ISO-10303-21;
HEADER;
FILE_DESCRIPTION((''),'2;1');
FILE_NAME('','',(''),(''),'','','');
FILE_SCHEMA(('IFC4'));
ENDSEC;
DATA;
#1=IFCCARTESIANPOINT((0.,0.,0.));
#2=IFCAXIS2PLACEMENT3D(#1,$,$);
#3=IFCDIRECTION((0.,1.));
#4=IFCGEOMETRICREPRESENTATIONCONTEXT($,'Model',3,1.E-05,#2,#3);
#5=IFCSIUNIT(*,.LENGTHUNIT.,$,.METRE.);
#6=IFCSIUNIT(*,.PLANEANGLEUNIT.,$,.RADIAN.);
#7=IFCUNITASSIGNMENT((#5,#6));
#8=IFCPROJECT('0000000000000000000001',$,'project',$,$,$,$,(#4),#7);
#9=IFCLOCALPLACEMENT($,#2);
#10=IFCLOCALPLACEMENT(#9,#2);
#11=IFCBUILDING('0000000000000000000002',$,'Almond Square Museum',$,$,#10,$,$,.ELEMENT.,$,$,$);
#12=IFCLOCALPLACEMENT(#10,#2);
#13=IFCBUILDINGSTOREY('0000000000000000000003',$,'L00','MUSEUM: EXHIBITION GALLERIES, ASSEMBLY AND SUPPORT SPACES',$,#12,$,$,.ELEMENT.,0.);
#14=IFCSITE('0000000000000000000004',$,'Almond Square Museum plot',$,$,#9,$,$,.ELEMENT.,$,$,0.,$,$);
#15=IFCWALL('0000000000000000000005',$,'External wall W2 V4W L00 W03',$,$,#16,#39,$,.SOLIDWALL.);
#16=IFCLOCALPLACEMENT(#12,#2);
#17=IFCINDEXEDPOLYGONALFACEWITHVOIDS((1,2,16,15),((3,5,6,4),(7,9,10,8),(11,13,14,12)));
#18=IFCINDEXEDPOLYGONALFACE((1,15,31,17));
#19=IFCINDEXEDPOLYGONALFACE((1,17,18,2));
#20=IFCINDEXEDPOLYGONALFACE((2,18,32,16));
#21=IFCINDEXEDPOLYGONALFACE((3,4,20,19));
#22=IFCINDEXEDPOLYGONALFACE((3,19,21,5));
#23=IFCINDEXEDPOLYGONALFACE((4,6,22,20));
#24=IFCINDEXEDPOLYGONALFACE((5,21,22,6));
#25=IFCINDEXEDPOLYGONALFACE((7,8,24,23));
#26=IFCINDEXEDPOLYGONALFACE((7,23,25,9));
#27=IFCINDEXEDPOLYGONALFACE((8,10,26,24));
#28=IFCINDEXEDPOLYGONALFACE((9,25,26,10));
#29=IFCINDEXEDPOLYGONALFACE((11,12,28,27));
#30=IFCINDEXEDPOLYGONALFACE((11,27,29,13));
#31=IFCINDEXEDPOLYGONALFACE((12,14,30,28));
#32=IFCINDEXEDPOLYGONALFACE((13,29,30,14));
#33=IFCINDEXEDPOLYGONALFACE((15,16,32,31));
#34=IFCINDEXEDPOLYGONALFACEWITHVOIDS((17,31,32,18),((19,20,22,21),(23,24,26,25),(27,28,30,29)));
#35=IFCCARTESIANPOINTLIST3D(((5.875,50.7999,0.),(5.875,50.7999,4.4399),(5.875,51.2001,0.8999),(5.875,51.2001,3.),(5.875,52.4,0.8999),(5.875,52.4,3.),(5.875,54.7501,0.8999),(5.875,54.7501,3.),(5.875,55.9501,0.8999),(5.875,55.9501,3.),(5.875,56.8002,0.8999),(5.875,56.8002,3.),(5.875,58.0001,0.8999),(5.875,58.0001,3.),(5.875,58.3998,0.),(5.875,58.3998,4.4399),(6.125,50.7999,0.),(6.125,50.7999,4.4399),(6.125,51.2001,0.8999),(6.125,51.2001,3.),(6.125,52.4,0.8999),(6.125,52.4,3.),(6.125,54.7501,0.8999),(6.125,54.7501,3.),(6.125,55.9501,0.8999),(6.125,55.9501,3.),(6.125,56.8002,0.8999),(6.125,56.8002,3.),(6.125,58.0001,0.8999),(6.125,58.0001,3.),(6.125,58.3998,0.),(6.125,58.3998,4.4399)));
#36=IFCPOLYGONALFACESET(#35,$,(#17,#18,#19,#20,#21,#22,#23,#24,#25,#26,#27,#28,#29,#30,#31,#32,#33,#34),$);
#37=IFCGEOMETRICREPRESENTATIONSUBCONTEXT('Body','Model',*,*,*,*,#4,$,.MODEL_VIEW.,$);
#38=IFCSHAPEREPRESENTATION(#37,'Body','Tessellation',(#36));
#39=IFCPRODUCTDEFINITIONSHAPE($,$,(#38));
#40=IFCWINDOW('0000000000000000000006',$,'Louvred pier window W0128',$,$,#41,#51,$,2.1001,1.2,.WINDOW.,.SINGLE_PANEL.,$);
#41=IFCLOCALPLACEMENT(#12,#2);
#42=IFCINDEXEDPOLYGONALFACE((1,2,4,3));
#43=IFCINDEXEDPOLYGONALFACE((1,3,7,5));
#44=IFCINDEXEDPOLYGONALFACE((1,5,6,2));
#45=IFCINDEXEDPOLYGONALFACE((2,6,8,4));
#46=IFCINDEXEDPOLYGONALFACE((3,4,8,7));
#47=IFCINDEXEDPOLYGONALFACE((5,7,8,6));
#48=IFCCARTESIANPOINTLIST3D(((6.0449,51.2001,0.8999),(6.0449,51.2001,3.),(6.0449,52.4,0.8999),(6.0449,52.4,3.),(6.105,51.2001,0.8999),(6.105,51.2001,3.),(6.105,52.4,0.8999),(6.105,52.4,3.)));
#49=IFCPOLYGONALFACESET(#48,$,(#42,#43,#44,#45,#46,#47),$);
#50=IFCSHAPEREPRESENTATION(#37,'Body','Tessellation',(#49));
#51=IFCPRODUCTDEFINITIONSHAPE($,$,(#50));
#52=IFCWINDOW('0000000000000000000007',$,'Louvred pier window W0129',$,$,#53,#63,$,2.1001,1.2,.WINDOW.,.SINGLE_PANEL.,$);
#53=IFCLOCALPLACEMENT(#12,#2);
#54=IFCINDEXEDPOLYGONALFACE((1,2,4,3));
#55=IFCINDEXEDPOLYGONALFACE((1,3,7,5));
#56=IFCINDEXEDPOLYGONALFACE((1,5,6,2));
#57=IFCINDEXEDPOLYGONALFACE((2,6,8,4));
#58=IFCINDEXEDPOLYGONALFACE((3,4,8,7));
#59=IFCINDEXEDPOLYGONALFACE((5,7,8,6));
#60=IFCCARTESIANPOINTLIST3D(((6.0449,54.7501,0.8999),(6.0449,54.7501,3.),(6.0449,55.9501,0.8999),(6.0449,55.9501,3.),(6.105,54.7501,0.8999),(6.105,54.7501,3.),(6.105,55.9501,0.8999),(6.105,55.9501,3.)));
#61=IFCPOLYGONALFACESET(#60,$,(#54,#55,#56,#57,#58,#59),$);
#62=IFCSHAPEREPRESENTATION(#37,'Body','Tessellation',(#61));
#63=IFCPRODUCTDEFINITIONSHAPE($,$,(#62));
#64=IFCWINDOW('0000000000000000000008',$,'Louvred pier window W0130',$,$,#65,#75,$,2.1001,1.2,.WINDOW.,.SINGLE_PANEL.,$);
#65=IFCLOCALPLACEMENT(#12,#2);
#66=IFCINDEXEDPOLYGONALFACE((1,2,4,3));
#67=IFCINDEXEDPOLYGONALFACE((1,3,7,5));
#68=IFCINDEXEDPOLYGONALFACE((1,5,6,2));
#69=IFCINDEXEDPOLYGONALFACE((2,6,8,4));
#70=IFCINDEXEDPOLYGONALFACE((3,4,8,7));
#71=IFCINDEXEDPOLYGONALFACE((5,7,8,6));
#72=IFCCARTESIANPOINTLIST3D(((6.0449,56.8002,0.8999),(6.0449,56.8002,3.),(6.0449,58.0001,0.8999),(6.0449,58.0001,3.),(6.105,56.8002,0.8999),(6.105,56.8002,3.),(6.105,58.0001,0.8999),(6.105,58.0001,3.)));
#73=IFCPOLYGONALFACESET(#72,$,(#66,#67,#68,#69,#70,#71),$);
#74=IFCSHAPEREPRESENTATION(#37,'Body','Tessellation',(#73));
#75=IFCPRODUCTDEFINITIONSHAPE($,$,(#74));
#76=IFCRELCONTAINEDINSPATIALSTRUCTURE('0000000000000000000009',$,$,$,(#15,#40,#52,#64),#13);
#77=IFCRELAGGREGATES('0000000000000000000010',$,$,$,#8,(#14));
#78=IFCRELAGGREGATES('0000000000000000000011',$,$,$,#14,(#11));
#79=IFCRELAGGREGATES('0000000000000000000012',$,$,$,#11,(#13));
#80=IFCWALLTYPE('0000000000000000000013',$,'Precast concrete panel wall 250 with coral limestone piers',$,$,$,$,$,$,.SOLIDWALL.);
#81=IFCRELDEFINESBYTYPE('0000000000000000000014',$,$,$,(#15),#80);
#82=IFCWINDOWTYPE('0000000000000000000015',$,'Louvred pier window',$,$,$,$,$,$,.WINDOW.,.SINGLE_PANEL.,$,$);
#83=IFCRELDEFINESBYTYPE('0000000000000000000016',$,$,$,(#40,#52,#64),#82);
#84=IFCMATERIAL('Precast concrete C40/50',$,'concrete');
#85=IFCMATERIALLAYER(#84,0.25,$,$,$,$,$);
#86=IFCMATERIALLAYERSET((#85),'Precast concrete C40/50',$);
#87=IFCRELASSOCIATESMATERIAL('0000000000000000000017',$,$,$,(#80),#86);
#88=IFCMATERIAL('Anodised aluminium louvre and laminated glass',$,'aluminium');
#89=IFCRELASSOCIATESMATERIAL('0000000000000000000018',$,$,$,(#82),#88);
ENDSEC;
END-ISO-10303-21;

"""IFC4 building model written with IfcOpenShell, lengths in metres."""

from ifc_helpers import new_model, si_unit, direction, frame, frame_2d, origin, place, context, subcontext, project, spatial, rectangle, extrude, material, layer, layer_set, type_object, element, fill, save


model = new_model("IFC4")

# Units and contexts
model_context = context("Model", 3, precision=1e-05, world=origin(), true_north=direction((0.0, 1.0)))
body_context = subcontext(model_context, "Body", "Model", "MODEL_VIEW")
ifc_project = project(units=[si_unit("LENGTHUNIT", "METRE"), si_unit("PLANEANGLEUNIT", "RADIAN")], contexts=[model_context])

# Site, building, storey
site_placement = place(None, origin())
site = spatial("IfcSite", under=ifc_project, at=site_placement, Name="Almond Square Museum plot", CompositionType="ELEMENT", RefElevation=0.0)
building_placement = place(site_placement, origin())
building = spatial("IfcBuilding", under=site, at=building_placement, Name="Almond Square Museum", CompositionType="ELEMENT")
storey_placement = place(building_placement, origin())
storey = spatial("IfcBuildingStorey", under=building, at=storey_placement, Name="L00", Description="MUSEUM: EXHIBITION GALLERIES, ASSEMBLY AND SUPPORT SPACES", CompositionType="ELEMENT", Elevation=0.0)

# Wall, openings, windows
ifc_material_1 = material(Name="Precast concrete C40/50", Category="concrete")
ifc_layer_1 = layer(ifc_material_1, 0.25)
ifc_layer_set_1 = layer_set([ifc_layer_1], Name="Precast concrete C40/50")
wall_type_1 = type_object("IfcWallType", Name="Precast concrete panel wall 250 with coral limestone piers", PredefinedType="SOLIDWALL", material=ifc_layer_set_1)
wall_1_placement = place(storey_placement, frame((6.0, 50.8, 0.0), z_axis=(0.0, 0.0, 1.0), x_axis=(0.0, 1.0, 0.0)))
wall_1 = element("IfcWall", 1, at=wall_1_placement, inside=storey, type_object=wall_type_1, Name="External wall W2 V4W L00 W03", PredefinedType="SOLIDWALL", context=body_context, shape_type="SweptSolid", body=[
    extrude(rectangle(XDim=7.5999, YDim=0.25, at=frame_2d((3.7998, 0.0))), origin(), (0.0, 0.0, 1.0), 4.4399),
])
opening_1_placement = place(wall_1_placement, frame((0.3999, 0.0, 0.8999)))
opening_1 = element("IfcOpeningElement", 2, at=opening_1_placement, cuts=wall_1, PredefinedType="OPENING", context=body_context, shape_type="SweptSolid", body=[
    extrude(rectangle(XDim=1.2, YDim=2.1001, at=frame_2d((0.6001, 1.05))), frame((0.0, 0.135, 0.0), z_axis=(0.0, -1.0, 0.0), x_axis=(1.0, 0.0, 0.0)), (0.0, 0.0, 1.0), 0.27),
])
opening_2_placement = place(wall_1_placement, frame((3.95, 0.0, 0.8999)))
opening_2 = element("IfcOpeningElement", 3, at=opening_2_placement, cuts=wall_1, PredefinedType="OPENING", context=body_context, shape_type="SweptSolid", body=[
    extrude(rectangle(XDim=1.2, YDim=2.1001, at=frame_2d((0.6001, 1.05))), frame((0.0, 0.135, 0.0), z_axis=(0.0, -1.0, 0.0), x_axis=(1.0, 0.0, 0.0)), (0.0, 0.0, 1.0), 0.27),
])
opening_3_placement = place(wall_1_placement, frame((6.0, 0.0, 0.8999)))
opening_3 = element("IfcOpeningElement", 4, at=opening_3_placement, cuts=wall_1, PredefinedType="OPENING", context=body_context, shape_type="SweptSolid", body=[
    extrude(rectangle(XDim=1.2, YDim=2.1001, at=frame_2d((0.6001, 1.05))), frame((0.0, 0.135, 0.0), z_axis=(0.0, -1.0, 0.0), x_axis=(1.0, 0.0, 0.0)), (0.0, 0.0, 1.0), 0.27),
])
ifc_material_2 = material(Name="Anodised aluminium louvre and laminated glass", Category="aluminium")
window_type = type_object("IfcWindowType", Name="Louvred pier window", PartitioningType="SINGLE_PANEL", PredefinedType="WINDOW", material=ifc_material_2)
window_1_placement = place(opening_1_placement, origin())
window_1 = element("IfcWindow", 5, at=window_1_placement, inside=storey, type_object=window_type, Name="Louvred pier window W0128", OverallHeight=2.1001, OverallWidth=1.2, PartitioningType="SINGLE_PANEL", PredefinedType="WINDOW", context=body_context, shape_type="SweptSolid", body=[
    extrude(rectangle(XDim=1.2, YDim=2.1001, at=frame_2d((0.6001, 1.05))), frame((0.0, -0.0449, 0.0), z_axis=(0.0, -1.0, 0.0), x_axis=(1.0, 0.0, 0.0)), (0.0, 0.0, 1.0), 0.0601),
])
fill(opening_1, window_1)
window_2_placement = place(opening_2_placement, origin())
window_2 = element("IfcWindow", 6, at=window_2_placement, inside=storey, type_object=window_type, Name="Louvred pier window W0129", OverallHeight=2.1001, OverallWidth=1.2, PartitioningType="SINGLE_PANEL", PredefinedType="WINDOW", context=body_context, shape_type="SweptSolid", body=[
    extrude(rectangle(XDim=1.2, YDim=2.1001, at=frame_2d((0.6001, 1.05))), frame((0.0, -0.0449, 0.0), z_axis=(0.0, -1.0, 0.0), x_axis=(1.0, 0.0, 0.0)), (0.0, 0.0, 1.0), 0.0601),
])
fill(opening_2, window_2)
window_3_placement = place(opening_3_placement, origin())
window_3 = element("IfcWindow", 7, at=window_3_placement, inside=storey, type_object=window_type, Name="Louvred pier window W0130", OverallHeight=2.1001, OverallWidth=1.2, PartitioningType="SINGLE_PANEL", PredefinedType="WINDOW", context=body_context, shape_type="SweptSolid", body=[
    extrude(rectangle(XDim=1.2, YDim=2.1001, at=frame_2d((0.6001, 1.05))), frame((0.0, -0.0449, 0.0), z_axis=(0.0, -1.0, 0.0), x_axis=(1.0, 0.0, 0.0)), (0.0, 0.0, 1.0), 0.0601),
])
fill(opening_3, window_3)

save(model, "model.ifc")
